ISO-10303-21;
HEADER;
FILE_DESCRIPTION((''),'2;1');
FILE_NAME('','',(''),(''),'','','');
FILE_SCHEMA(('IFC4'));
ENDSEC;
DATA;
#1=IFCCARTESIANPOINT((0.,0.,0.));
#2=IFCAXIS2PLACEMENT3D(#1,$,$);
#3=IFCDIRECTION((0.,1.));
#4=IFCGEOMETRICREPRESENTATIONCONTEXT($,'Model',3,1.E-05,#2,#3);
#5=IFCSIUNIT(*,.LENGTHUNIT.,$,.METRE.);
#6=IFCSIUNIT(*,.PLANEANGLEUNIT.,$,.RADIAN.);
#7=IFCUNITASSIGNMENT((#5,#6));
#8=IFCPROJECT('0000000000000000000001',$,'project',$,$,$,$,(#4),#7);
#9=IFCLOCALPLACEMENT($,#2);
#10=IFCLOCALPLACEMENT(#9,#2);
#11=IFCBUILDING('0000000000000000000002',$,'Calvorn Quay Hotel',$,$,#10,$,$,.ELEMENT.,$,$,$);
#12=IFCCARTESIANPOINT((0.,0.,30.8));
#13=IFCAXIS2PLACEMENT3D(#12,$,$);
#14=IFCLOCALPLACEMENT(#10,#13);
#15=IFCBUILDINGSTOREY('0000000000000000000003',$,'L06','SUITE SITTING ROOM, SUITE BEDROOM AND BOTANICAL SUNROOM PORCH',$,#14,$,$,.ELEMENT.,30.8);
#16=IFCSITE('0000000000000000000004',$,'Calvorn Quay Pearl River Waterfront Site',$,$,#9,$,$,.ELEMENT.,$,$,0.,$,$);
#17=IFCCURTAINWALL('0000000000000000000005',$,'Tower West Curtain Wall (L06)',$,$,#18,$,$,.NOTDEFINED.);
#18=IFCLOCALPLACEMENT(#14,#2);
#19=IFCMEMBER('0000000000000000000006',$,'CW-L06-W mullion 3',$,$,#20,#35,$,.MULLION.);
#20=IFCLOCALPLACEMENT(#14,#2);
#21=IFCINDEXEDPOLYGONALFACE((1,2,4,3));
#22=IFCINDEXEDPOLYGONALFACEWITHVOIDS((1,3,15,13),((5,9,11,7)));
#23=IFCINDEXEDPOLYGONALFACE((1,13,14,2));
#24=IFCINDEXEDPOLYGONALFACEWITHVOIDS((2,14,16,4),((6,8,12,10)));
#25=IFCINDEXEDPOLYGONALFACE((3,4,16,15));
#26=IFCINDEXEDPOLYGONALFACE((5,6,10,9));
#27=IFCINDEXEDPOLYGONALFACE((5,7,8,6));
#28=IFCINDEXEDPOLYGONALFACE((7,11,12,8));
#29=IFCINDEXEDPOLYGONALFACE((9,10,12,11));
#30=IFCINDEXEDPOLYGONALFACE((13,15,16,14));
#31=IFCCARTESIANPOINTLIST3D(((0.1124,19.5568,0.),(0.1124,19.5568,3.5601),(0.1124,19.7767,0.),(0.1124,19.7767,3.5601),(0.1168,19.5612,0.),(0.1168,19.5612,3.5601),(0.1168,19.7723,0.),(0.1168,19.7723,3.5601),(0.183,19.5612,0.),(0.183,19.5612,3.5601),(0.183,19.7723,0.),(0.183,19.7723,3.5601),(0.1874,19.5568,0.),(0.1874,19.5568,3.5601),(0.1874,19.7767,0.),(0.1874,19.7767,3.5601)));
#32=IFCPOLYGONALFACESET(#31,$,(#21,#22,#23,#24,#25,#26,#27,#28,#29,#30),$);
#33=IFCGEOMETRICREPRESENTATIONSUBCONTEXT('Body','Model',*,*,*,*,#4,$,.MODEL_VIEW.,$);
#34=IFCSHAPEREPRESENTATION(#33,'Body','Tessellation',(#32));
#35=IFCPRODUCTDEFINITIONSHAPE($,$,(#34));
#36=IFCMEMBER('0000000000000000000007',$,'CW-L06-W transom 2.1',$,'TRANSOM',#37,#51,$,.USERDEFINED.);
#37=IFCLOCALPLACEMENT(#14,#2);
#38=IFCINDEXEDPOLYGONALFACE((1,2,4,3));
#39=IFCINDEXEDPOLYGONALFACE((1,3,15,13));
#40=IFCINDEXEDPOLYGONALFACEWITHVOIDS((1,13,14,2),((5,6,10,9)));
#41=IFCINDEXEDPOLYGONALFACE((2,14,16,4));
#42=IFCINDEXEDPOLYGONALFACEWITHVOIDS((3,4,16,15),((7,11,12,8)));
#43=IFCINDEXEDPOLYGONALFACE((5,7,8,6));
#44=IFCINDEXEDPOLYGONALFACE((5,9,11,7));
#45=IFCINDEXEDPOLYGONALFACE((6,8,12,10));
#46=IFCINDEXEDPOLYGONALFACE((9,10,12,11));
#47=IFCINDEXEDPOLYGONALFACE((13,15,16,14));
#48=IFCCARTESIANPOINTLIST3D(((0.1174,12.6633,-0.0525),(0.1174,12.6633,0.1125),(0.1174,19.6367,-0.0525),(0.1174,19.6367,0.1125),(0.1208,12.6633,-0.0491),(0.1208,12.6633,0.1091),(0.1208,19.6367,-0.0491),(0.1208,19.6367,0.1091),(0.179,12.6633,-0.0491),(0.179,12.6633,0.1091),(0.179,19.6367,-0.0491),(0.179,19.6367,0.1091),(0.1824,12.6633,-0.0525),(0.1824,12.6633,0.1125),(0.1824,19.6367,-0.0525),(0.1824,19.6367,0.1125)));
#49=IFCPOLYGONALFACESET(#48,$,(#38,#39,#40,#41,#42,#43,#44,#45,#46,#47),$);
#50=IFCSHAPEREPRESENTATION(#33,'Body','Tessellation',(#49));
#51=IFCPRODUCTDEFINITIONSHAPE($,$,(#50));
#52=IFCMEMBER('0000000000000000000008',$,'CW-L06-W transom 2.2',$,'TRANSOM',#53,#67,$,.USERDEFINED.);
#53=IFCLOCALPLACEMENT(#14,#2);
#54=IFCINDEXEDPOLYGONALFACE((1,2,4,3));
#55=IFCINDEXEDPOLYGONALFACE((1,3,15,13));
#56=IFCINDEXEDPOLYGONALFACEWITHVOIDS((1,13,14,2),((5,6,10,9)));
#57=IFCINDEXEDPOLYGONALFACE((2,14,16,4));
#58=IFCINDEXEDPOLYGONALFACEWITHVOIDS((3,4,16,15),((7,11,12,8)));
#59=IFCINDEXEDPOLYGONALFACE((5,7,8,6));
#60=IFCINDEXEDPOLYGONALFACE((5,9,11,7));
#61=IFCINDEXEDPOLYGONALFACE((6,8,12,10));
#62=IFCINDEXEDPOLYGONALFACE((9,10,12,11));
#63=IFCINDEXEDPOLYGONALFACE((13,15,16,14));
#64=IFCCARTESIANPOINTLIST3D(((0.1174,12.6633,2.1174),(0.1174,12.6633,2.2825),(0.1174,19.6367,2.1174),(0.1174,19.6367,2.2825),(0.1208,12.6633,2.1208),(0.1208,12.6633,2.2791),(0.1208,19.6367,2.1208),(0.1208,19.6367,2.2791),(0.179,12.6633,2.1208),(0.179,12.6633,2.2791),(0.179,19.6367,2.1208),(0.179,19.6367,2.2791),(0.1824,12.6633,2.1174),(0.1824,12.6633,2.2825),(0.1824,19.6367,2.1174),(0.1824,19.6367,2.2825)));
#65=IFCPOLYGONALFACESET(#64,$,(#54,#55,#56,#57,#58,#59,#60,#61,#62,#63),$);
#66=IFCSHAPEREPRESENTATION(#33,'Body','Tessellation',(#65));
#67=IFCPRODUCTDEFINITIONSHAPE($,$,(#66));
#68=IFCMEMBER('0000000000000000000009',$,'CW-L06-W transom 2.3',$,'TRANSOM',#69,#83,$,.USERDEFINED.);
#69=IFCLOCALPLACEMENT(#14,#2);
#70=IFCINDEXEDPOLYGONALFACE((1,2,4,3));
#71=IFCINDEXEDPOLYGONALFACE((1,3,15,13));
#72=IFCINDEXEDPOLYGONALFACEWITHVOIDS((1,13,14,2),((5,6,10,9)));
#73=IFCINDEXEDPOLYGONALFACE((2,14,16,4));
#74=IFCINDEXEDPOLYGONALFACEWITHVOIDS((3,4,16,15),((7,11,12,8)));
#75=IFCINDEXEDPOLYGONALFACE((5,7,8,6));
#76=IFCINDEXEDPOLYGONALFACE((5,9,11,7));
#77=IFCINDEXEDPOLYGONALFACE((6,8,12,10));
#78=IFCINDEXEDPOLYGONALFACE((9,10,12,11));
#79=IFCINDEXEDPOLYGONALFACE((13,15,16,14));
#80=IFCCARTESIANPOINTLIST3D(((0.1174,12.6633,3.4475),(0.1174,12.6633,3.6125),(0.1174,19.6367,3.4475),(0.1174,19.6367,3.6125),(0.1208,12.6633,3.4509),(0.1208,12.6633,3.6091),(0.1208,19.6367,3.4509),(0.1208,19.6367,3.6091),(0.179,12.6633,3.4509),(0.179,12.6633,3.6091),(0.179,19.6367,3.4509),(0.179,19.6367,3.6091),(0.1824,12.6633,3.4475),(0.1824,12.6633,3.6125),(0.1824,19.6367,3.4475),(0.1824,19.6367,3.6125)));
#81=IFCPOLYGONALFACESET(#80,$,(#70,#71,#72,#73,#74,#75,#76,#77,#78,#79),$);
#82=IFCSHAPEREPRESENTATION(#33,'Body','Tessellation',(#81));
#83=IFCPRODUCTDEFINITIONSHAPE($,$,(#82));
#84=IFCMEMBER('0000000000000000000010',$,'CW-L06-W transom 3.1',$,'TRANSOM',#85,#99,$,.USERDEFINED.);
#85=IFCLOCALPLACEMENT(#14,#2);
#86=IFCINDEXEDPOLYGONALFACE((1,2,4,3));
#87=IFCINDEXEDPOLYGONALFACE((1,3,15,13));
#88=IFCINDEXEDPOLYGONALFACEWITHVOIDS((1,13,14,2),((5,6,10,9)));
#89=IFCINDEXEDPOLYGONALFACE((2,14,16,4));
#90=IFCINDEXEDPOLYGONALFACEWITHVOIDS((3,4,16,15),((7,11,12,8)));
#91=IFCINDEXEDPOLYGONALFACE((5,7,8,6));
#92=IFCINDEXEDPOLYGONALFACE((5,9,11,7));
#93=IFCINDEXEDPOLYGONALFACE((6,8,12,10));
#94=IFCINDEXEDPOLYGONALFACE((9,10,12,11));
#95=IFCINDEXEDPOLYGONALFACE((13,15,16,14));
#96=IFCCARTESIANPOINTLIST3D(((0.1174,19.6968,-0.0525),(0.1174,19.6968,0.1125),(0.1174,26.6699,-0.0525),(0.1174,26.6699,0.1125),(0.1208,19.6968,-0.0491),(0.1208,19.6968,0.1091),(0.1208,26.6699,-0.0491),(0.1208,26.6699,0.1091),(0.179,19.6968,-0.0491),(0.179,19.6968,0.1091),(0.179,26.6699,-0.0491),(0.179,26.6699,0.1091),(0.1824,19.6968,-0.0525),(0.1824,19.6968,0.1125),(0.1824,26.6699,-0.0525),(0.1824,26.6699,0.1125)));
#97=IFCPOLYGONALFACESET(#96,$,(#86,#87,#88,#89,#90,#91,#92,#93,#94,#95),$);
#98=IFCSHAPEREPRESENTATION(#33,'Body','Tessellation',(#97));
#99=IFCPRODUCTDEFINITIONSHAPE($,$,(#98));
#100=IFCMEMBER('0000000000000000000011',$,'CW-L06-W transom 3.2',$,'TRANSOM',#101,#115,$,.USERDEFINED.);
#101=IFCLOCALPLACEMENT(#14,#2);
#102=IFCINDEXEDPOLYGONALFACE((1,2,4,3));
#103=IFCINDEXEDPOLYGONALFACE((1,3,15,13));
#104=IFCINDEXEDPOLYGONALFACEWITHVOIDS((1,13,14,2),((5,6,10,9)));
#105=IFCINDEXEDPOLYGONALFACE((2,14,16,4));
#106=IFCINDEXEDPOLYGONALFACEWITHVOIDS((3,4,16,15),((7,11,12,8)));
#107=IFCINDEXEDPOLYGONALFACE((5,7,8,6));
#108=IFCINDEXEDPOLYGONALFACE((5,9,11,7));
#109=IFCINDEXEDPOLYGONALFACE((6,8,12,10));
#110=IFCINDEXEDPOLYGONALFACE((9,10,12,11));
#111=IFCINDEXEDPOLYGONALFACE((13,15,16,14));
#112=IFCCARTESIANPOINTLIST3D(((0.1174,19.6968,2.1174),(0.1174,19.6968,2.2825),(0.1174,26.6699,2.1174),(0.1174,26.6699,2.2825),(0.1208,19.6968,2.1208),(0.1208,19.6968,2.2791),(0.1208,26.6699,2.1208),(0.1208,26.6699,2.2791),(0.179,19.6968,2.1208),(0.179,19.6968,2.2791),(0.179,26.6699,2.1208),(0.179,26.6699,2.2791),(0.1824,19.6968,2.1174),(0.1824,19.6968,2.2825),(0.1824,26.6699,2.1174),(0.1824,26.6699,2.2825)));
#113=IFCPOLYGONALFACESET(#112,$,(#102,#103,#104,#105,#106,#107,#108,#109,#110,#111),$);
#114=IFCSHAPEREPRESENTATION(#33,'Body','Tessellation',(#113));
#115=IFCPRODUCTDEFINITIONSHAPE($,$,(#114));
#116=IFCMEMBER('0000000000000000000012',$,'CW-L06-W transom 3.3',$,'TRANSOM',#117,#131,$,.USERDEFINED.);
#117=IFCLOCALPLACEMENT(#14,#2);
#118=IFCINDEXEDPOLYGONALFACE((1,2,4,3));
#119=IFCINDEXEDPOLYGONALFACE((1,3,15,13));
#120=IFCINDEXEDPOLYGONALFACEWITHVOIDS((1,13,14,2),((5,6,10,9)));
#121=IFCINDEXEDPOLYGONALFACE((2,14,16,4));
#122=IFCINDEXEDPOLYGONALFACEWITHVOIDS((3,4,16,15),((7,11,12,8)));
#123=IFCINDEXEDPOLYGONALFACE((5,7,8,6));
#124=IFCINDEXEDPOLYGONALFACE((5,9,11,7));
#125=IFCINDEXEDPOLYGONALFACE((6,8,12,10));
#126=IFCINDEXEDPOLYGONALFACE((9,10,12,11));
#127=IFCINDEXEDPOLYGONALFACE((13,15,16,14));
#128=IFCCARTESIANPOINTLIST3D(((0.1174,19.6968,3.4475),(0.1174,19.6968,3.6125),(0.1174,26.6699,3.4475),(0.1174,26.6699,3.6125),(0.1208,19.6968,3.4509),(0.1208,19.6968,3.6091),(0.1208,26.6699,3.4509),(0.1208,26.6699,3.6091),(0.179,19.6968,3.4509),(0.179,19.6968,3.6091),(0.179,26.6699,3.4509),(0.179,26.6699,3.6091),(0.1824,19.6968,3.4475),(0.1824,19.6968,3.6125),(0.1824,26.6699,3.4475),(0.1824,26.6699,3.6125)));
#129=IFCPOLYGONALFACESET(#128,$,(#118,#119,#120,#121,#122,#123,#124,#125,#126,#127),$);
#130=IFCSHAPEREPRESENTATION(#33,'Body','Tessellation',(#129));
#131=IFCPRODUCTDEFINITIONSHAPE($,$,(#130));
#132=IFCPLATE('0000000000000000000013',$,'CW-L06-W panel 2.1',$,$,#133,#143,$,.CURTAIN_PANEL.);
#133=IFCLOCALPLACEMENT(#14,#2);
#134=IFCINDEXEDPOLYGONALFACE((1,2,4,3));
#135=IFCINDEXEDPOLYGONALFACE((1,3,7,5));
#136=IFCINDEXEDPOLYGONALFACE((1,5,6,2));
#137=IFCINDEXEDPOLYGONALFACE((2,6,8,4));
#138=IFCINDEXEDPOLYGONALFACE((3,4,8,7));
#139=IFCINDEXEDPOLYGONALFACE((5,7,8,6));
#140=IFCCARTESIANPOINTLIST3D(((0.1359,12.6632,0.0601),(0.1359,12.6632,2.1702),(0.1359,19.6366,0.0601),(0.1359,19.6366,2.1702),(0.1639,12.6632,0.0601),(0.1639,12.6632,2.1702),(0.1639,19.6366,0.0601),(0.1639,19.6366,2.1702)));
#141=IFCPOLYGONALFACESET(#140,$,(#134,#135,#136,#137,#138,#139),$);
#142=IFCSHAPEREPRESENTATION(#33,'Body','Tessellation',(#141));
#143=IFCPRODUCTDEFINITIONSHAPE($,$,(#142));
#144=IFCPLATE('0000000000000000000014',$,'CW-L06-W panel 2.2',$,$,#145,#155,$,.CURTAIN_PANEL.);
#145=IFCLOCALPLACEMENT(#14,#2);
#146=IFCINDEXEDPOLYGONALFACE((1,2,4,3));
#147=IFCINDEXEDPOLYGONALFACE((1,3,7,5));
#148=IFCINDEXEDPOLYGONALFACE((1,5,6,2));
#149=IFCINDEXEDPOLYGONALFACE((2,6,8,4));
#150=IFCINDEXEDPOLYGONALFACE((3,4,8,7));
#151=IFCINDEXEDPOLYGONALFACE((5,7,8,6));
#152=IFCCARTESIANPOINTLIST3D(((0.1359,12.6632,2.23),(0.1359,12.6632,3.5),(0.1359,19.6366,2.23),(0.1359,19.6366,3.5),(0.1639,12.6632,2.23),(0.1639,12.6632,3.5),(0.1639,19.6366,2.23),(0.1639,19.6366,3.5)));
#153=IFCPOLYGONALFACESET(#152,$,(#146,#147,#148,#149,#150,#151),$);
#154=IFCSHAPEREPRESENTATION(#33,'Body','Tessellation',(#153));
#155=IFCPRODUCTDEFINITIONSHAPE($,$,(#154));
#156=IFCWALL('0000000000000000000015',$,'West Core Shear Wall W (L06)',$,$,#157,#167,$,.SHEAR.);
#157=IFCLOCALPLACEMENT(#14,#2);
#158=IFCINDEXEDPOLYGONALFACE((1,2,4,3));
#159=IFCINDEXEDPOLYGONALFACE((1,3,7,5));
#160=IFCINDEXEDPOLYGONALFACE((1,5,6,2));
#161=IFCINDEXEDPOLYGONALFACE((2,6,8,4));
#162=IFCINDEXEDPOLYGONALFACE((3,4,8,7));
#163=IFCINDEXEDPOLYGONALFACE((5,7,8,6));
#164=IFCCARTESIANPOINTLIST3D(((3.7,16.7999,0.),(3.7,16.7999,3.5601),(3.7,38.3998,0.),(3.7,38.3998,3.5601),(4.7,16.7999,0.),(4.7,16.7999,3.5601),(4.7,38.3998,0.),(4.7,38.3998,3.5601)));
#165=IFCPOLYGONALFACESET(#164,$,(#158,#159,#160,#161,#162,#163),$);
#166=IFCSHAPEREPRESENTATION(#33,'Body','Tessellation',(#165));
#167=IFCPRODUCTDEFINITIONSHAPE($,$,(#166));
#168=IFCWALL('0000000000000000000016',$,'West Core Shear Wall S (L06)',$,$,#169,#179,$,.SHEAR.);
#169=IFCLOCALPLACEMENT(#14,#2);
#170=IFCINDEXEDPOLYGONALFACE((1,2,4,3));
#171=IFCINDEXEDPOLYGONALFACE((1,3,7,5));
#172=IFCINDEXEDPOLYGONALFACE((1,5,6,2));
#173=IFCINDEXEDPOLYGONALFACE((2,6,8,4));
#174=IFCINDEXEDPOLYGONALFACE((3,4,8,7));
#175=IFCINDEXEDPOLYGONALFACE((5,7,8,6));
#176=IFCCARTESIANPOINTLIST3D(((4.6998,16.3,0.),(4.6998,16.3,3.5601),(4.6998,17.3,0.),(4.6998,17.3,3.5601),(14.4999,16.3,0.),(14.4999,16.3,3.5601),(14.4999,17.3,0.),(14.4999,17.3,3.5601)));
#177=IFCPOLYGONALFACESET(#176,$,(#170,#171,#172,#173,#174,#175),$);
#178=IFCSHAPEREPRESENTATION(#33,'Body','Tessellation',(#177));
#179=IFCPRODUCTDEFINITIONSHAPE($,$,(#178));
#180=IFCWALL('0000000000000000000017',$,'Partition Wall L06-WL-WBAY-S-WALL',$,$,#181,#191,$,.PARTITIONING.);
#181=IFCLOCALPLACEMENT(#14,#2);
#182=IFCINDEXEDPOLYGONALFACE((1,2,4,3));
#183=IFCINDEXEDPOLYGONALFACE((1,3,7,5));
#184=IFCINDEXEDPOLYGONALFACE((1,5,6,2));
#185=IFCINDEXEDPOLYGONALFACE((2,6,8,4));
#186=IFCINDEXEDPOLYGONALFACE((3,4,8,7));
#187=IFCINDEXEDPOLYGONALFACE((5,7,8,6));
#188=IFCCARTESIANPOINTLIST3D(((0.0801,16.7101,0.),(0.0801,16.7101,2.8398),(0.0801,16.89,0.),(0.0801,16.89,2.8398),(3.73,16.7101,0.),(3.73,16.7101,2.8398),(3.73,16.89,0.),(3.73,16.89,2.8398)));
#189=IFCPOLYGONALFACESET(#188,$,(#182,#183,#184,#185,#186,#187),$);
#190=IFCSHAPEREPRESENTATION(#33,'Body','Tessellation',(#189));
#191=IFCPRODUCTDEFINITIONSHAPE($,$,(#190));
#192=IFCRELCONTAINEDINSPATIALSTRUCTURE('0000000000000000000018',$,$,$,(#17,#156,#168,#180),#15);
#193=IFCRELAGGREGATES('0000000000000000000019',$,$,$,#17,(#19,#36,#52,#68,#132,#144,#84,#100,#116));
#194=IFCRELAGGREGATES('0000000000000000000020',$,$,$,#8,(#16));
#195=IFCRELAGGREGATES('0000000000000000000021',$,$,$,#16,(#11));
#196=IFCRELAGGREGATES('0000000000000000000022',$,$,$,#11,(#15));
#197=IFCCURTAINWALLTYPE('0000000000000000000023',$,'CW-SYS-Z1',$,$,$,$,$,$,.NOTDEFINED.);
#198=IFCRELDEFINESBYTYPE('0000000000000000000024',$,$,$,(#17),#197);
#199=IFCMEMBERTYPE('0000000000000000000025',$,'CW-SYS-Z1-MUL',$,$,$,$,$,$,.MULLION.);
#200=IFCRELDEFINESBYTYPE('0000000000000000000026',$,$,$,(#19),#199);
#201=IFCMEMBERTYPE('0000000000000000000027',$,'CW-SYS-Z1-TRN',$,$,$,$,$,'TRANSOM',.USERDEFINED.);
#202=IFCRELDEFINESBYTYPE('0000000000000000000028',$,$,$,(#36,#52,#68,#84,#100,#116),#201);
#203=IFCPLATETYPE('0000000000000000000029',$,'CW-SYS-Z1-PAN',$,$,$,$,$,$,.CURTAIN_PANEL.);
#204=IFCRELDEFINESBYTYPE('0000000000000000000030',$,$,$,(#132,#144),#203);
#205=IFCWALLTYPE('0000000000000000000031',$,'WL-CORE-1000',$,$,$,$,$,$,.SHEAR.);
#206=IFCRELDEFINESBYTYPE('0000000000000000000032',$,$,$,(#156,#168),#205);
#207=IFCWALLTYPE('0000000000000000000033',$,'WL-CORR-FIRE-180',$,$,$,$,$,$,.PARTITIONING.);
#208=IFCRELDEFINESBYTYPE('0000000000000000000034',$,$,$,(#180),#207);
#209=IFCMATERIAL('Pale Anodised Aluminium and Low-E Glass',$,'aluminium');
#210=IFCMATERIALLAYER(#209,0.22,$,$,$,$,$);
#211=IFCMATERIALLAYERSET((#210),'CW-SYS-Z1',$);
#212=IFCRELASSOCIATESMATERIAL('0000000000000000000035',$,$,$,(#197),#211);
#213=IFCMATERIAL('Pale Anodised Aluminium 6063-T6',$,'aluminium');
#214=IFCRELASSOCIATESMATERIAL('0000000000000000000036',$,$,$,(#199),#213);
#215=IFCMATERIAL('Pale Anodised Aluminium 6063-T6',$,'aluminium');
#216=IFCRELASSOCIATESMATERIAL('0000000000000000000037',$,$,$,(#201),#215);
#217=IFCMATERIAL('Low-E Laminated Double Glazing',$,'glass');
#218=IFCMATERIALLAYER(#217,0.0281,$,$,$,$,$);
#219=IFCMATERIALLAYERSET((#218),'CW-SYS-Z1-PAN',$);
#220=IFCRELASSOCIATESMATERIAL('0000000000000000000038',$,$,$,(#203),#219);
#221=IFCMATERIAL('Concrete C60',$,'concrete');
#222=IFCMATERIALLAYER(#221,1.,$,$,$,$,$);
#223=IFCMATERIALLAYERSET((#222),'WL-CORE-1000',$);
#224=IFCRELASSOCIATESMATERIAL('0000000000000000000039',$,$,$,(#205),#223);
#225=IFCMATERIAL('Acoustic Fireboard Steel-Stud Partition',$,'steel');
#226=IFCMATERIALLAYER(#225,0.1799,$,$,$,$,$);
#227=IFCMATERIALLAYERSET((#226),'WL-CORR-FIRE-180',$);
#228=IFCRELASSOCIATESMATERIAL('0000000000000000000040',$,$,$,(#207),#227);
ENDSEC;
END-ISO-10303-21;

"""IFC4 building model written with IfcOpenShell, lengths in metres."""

from ifc_helpers import new_model, si_unit, direction, frame, frame_2d, origin, origin_2d, place, context, subcontext, project, spatial, rectangle, hollow_rectangle, extrude, material, layer, layer_set, material_profile, profile_set, type_object, element, aggregate, save


model = new_model("IFC4")

# Units and contexts
model_context = context("Model", 3, precision=1e-05, world=origin(), true_north=direction((0.0, 1.0)))
body_context = subcontext(model_context, "Body", "Model", "MODEL_VIEW")
ifc_project = project(units=[si_unit("LENGTHUNIT", "METRE"), si_unit("PLANEANGLEUNIT", "RADIAN")], contexts=[model_context])

# Site, building, storey
site_placement = place(None, origin())
site = spatial("IfcSite", under=ifc_project, at=site_placement, Name="Calvorn Quay Pearl River Waterfront Site", CompositionType="ELEMENT", RefElevation=0.0)
building_placement = place(site_placement, origin())
building = spatial("IfcBuilding", under=site, at=building_placement, Name="Calvorn Quay Hotel", CompositionType="ELEMENT")
storey_placement = place(building_placement, frame((0.0, 0.0, 30.8)))
storey = spatial("IfcBuildingStorey", under=building, at=storey_placement, Name="L06", Description="SUITE SITTING ROOM, SUITE BEDROOM AND BOTANICAL SUNROOM PORCH", CompositionType="ELEMENT", Elevation=30.8)

# Curtain wall, members, plates
ifc_material_1 = material(Name="Pale Anodised Aluminium and Low-E Glass", Category="aluminium")
ifc_layer_1 = layer(ifc_material_1, 0.22)
ifc_layer_set_1 = layer_set([ifc_layer_1], Name="CW-SYS-Z1")
curtain_wall_type = type_object("IfcCurtainWallType", Name="CW-SYS-Z1", PredefinedType="NOTDEFINED", material=ifc_layer_set_1)
curtain_wall_placement = place(storey_placement, origin())
curtain_wall = element("IfcCurtainWall", 1, at=curtain_wall_placement, inside=storey, type_object=curtain_wall_type, Name="Tower West Curtain Wall (L06)", PredefinedType="NOTDEFINED")
ifc_material_2 = material(Name="Pale Anodised Aluminium 6063-T6", Category="aluminium")
ifc_material_profile_1 = material_profile(ifc_material_2, hollow_rectangle(XDim=0.075, YDim=0.22, WallThickness=0.0044, at=origin_2d()), Name="ALU-M220x75x4.5")
ifc_profile_set_1 = profile_set([ifc_material_profile_1], Name="Pale Anodised Aluminium 6063-T6")
member_type_1 = type_object("IfcMemberType", Name="CW-SYS-Z1-MUL", PredefinedType="MULLION", material=ifc_profile_set_1)
member_1_placement = place(storey_placement, frame((0.1499, 19.6667, 0.0), z_axis=(0.0, 0.0, 1.0), x_axis=(-1.0, 0.0, 0.0)))
member_1 = element("IfcMember", 2, at=member_1_placement, type_object=member_type_1, Name="CW-L06-W mullion 3", PredefinedType="MULLION", context=body_context, shape_type="SweptSolid", body=[
    extrude(hollow_rectangle(XDim=0.075, YDim=0.22, WallThickness=0.0044, at=origin_2d()), origin(), (0.0, 0.0, 1.0), 3.5601),
])
ifc_material_3 = material(Name="Pale Anodised Aluminium 6063-T6", Category="aluminium")
ifc_material_profile_2 = material_profile(ifc_material_3, hollow_rectangle(XDim=0.0649, YDim=0.165, WallThickness=0.0034, at=origin_2d()), Name="ALU-T165x65x3.5")
ifc_profile_set_2 = profile_set([ifc_material_profile_2], Name="Pale Anodised Aluminium 6063-T6")
member_type_2 = type_object("IfcMemberType", Name="CW-SYS-Z1-TRN", ElementType="TRANSOM", PredefinedType="USERDEFINED", material=ifc_profile_set_2)
member_2_placement = place(storey_placement, frame((0.1499, 12.6633, 0.03), z_axis=(0.0, 1.0, 0.0), x_axis=(-1.0, 0.0, 0.0)))
member_2 = element("IfcMember", 3, at=member_2_placement, type_object=member_type_2, Name="CW-L06-W transom 2.1", ObjectType="TRANSOM", PredefinedType="USERDEFINED", context=body_context, shape_type="SweptSolid", body=[
    extrude(hollow_rectangle(XDim=0.0649, YDim=0.165, WallThickness=0.0034, at=origin_2d()), origin(), (0.0, 0.0, 1.0), 6.9734),
])
member_3_placement = place(storey_placement, frame((0.1499, 12.6633, 2.2), z_axis=(0.0, 1.0, 0.0), x_axis=(-1.0, 0.0, 0.0)))
member_3 = element("IfcMember", 4, at=member_3_placement, type_object=member_type_2, Name="CW-L06-W transom 2.2", ObjectType="TRANSOM", PredefinedType="USERDEFINED", context=body_context, shape_type="SweptSolid", body=[
    extrude(hollow_rectangle(XDim=0.0649, YDim=0.165, WallThickness=0.0034, at=origin_2d()), origin(), (0.0, 0.0, 1.0), 6.9734),
])
member_4_placement = place(storey_placement, frame((0.1499, 12.6633, 3.53), z_axis=(0.0, 1.0, 0.0), x_axis=(-1.0, 0.0, 0.0)))
member_4 = element("IfcMember", 5, at=member_4_placement, type_object=member_type_2, Name="CW-L06-W transom 2.3", ObjectType="TRANSOM", PredefinedType="USERDEFINED", context=body_context, shape_type="SweptSolid", body=[
    extrude(hollow_rectangle(XDim=0.0649, YDim=0.165, WallThickness=0.0034, at=origin_2d()), origin(), (0.0, 0.0, 1.0), 6.9734),
])
member_5_placement = place(storey_placement, frame((0.1499, 19.6968, 0.03), z_axis=(0.0, 1.0, 0.0), x_axis=(-1.0, 0.0, 0.0)))
member_5 = element("IfcMember", 6, at=member_5_placement, type_object=member_type_2, Name="CW-L06-W transom 3.1", ObjectType="TRANSOM", PredefinedType="USERDEFINED", context=body_context, shape_type="SweptSolid", body=[
    extrude(hollow_rectangle(XDim=0.0649, YDim=0.165, WallThickness=0.0034, at=origin_2d()), origin(), (0.0, 0.0, 1.0), 6.9731),
])
member_6_placement = place(storey_placement, frame((0.1499, 19.6968, 2.2), z_axis=(0.0, 1.0, 0.0), x_axis=(-1.0, 0.0, 0.0)))
member_6 = element("IfcMember", 7, at=member_6_placement, type_object=member_type_2, Name="CW-L06-W transom 3.2", ObjectType="TRANSOM", PredefinedType="USERDEFINED", context=body_context, shape_type="SweptSolid", body=[
    extrude(hollow_rectangle(XDim=0.0649, YDim=0.165, WallThickness=0.0034, at=origin_2d()), origin(), (0.0, 0.0, 1.0), 6.9731),
])
member_7_placement = place(storey_placement, frame((0.1499, 19.6968, 3.53), z_axis=(0.0, 1.0, 0.0), x_axis=(-1.0, 0.0, 0.0)))
member_7 = element("IfcMember", 8, at=member_7_placement, type_object=member_type_2, Name="CW-L06-W transom 3.3", ObjectType="TRANSOM", PredefinedType="USERDEFINED", context=body_context, shape_type="SweptSolid", body=[
    extrude(hollow_rectangle(XDim=0.0649, YDim=0.165, WallThickness=0.0034, at=origin_2d()), origin(), (0.0, 0.0, 1.0), 6.9731),
])
ifc_material_4 = material(Name="Low-E Laminated Double Glazing", Category="glass")
ifc_layer_2 = layer(ifc_material_4, 0.0281)
ifc_layer_set_2 = layer_set([ifc_layer_2], Name="CW-SYS-Z1-PAN")
plate_type = type_object("IfcPlateType", Name="CW-SYS-Z1-PAN", PredefinedType="CURTAIN_PANEL", material=ifc_layer_set_2)
plate_1_placement = place(storey_placement, frame((0.1499, 16.1499, 0.0601), z_axis=(0.0, 0.0, 1.0), x_axis=(0.0, 1.0, 0.0)))
plate_1 = element("IfcPlate", 9, at=plate_1_placement, type_object=plate_type, Name="CW-L06-W panel 2.1", PredefinedType="CURTAIN_PANEL", context=body_context, shape_type="SweptSolid", body=[
    extrude(rectangle(XDim=6.9734, YDim=0.0281, at=origin_2d()), origin(), (0.0, 0.0, 1.0), 2.1101),
])
plate_2_placement = place(storey_placement, frame((0.1499, 16.1499, 2.23), z_axis=(0.0, 0.0, 1.0), x_axis=(0.0, 1.0, 0.0)))
plate_2 = element("IfcPlate", 10, at=plate_2_placement, type_object=plate_type, Name="CW-L06-W panel 2.2", PredefinedType="CURTAIN_PANEL", context=body_context, shape_type="SweptSolid", body=[
    extrude(rectangle(XDim=6.9734, YDim=0.0281, at=origin_2d()), origin(), (0.0, 0.0, 1.0), 1.27),
])
aggregate(curtain_wall, [member_1, member_2, member_3, member_4, plate_1, plate_2, member_5, member_6, member_7])

# Walls
ifc_material_5 = material(Name="Concrete C60", Category="concrete")
ifc_layer_3 = layer(ifc_material_5, 1.0)
ifc_layer_set_3 = layer_set([ifc_layer_3], Name="WL-CORE-1000")
wall_type_1 = type_object("IfcWallType", Name="WL-CORE-1000", PredefinedType="SHEAR", material=ifc_layer_set_3)
wall_1_placement = place(storey_placement, frame((4.2, 16.8, 0.0), z_axis=(0.0, 0.0, 1.0), x_axis=(0.0, 1.0, 0.0)))
element("IfcWall", 11, at=wall_1_placement, inside=storey, type_object=wall_type_1, Name="West Core Shear Wall W (L06)", PredefinedType="SHEAR", context=body_context, shape_type="SweptSolid", body=[
    extrude(rectangle(XDim=21.5999, YDim=1.0, at=frame_2d((10.7998, 0.0))), origin(), (0.0, 0.0, 1.0), 3.5601),
])
wall_2_placement = place(storey_placement, frame((4.7, 16.8, 0.0), z_axis=(0.0, 0.0, 1.0), x_axis=(1.0, 0.0, 0.0)))
element("IfcWall", 12, at=wall_2_placement, inside=storey, type_object=wall_type_1, Name="West Core Shear Wall S (L06)", PredefinedType="SHEAR", context=body_context, shape_type="SweptSolid", body=[
    extrude(rectangle(XDim=9.8, YDim=1.0, at=frame_2d((4.8999, 0.0))), origin(), (0.0, 0.0, 1.0), 3.5601),
])
ifc_material_6 = material(Name="Acoustic Fireboard Steel-Stud Partition", Category="steel")
ifc_layer_4 = layer(ifc_material_6, 0.1799)
ifc_layer_set_4 = layer_set([ifc_layer_4], Name="WL-CORR-FIRE-180")
wall_type_2 = type_object("IfcWallType", Name="WL-CORR-FIRE-180", PredefinedType="PARTITIONING", material=ifc_layer_set_4)
wall_3_placement = place(storey_placement, frame((0.0801, 16.8, 0.0), z_axis=(0.0, 0.0, 1.0), x_axis=(1.0, 0.0, 0.0)))
element("IfcWall", 13, at=wall_3_placement, inside=storey, type_object=wall_type_2, Name="Partition Wall L06-WL-WBAY-S-WALL", PredefinedType="PARTITIONING", context=body_context, shape_type="SweptSolid", body=[
    extrude(rectangle(XDim=3.6499, YDim=0.1799, at=frame_2d((1.825, 0.0))), origin(), (0.0, 0.0, 1.0), 2.8398),
])

save(model, "model.ifc")
